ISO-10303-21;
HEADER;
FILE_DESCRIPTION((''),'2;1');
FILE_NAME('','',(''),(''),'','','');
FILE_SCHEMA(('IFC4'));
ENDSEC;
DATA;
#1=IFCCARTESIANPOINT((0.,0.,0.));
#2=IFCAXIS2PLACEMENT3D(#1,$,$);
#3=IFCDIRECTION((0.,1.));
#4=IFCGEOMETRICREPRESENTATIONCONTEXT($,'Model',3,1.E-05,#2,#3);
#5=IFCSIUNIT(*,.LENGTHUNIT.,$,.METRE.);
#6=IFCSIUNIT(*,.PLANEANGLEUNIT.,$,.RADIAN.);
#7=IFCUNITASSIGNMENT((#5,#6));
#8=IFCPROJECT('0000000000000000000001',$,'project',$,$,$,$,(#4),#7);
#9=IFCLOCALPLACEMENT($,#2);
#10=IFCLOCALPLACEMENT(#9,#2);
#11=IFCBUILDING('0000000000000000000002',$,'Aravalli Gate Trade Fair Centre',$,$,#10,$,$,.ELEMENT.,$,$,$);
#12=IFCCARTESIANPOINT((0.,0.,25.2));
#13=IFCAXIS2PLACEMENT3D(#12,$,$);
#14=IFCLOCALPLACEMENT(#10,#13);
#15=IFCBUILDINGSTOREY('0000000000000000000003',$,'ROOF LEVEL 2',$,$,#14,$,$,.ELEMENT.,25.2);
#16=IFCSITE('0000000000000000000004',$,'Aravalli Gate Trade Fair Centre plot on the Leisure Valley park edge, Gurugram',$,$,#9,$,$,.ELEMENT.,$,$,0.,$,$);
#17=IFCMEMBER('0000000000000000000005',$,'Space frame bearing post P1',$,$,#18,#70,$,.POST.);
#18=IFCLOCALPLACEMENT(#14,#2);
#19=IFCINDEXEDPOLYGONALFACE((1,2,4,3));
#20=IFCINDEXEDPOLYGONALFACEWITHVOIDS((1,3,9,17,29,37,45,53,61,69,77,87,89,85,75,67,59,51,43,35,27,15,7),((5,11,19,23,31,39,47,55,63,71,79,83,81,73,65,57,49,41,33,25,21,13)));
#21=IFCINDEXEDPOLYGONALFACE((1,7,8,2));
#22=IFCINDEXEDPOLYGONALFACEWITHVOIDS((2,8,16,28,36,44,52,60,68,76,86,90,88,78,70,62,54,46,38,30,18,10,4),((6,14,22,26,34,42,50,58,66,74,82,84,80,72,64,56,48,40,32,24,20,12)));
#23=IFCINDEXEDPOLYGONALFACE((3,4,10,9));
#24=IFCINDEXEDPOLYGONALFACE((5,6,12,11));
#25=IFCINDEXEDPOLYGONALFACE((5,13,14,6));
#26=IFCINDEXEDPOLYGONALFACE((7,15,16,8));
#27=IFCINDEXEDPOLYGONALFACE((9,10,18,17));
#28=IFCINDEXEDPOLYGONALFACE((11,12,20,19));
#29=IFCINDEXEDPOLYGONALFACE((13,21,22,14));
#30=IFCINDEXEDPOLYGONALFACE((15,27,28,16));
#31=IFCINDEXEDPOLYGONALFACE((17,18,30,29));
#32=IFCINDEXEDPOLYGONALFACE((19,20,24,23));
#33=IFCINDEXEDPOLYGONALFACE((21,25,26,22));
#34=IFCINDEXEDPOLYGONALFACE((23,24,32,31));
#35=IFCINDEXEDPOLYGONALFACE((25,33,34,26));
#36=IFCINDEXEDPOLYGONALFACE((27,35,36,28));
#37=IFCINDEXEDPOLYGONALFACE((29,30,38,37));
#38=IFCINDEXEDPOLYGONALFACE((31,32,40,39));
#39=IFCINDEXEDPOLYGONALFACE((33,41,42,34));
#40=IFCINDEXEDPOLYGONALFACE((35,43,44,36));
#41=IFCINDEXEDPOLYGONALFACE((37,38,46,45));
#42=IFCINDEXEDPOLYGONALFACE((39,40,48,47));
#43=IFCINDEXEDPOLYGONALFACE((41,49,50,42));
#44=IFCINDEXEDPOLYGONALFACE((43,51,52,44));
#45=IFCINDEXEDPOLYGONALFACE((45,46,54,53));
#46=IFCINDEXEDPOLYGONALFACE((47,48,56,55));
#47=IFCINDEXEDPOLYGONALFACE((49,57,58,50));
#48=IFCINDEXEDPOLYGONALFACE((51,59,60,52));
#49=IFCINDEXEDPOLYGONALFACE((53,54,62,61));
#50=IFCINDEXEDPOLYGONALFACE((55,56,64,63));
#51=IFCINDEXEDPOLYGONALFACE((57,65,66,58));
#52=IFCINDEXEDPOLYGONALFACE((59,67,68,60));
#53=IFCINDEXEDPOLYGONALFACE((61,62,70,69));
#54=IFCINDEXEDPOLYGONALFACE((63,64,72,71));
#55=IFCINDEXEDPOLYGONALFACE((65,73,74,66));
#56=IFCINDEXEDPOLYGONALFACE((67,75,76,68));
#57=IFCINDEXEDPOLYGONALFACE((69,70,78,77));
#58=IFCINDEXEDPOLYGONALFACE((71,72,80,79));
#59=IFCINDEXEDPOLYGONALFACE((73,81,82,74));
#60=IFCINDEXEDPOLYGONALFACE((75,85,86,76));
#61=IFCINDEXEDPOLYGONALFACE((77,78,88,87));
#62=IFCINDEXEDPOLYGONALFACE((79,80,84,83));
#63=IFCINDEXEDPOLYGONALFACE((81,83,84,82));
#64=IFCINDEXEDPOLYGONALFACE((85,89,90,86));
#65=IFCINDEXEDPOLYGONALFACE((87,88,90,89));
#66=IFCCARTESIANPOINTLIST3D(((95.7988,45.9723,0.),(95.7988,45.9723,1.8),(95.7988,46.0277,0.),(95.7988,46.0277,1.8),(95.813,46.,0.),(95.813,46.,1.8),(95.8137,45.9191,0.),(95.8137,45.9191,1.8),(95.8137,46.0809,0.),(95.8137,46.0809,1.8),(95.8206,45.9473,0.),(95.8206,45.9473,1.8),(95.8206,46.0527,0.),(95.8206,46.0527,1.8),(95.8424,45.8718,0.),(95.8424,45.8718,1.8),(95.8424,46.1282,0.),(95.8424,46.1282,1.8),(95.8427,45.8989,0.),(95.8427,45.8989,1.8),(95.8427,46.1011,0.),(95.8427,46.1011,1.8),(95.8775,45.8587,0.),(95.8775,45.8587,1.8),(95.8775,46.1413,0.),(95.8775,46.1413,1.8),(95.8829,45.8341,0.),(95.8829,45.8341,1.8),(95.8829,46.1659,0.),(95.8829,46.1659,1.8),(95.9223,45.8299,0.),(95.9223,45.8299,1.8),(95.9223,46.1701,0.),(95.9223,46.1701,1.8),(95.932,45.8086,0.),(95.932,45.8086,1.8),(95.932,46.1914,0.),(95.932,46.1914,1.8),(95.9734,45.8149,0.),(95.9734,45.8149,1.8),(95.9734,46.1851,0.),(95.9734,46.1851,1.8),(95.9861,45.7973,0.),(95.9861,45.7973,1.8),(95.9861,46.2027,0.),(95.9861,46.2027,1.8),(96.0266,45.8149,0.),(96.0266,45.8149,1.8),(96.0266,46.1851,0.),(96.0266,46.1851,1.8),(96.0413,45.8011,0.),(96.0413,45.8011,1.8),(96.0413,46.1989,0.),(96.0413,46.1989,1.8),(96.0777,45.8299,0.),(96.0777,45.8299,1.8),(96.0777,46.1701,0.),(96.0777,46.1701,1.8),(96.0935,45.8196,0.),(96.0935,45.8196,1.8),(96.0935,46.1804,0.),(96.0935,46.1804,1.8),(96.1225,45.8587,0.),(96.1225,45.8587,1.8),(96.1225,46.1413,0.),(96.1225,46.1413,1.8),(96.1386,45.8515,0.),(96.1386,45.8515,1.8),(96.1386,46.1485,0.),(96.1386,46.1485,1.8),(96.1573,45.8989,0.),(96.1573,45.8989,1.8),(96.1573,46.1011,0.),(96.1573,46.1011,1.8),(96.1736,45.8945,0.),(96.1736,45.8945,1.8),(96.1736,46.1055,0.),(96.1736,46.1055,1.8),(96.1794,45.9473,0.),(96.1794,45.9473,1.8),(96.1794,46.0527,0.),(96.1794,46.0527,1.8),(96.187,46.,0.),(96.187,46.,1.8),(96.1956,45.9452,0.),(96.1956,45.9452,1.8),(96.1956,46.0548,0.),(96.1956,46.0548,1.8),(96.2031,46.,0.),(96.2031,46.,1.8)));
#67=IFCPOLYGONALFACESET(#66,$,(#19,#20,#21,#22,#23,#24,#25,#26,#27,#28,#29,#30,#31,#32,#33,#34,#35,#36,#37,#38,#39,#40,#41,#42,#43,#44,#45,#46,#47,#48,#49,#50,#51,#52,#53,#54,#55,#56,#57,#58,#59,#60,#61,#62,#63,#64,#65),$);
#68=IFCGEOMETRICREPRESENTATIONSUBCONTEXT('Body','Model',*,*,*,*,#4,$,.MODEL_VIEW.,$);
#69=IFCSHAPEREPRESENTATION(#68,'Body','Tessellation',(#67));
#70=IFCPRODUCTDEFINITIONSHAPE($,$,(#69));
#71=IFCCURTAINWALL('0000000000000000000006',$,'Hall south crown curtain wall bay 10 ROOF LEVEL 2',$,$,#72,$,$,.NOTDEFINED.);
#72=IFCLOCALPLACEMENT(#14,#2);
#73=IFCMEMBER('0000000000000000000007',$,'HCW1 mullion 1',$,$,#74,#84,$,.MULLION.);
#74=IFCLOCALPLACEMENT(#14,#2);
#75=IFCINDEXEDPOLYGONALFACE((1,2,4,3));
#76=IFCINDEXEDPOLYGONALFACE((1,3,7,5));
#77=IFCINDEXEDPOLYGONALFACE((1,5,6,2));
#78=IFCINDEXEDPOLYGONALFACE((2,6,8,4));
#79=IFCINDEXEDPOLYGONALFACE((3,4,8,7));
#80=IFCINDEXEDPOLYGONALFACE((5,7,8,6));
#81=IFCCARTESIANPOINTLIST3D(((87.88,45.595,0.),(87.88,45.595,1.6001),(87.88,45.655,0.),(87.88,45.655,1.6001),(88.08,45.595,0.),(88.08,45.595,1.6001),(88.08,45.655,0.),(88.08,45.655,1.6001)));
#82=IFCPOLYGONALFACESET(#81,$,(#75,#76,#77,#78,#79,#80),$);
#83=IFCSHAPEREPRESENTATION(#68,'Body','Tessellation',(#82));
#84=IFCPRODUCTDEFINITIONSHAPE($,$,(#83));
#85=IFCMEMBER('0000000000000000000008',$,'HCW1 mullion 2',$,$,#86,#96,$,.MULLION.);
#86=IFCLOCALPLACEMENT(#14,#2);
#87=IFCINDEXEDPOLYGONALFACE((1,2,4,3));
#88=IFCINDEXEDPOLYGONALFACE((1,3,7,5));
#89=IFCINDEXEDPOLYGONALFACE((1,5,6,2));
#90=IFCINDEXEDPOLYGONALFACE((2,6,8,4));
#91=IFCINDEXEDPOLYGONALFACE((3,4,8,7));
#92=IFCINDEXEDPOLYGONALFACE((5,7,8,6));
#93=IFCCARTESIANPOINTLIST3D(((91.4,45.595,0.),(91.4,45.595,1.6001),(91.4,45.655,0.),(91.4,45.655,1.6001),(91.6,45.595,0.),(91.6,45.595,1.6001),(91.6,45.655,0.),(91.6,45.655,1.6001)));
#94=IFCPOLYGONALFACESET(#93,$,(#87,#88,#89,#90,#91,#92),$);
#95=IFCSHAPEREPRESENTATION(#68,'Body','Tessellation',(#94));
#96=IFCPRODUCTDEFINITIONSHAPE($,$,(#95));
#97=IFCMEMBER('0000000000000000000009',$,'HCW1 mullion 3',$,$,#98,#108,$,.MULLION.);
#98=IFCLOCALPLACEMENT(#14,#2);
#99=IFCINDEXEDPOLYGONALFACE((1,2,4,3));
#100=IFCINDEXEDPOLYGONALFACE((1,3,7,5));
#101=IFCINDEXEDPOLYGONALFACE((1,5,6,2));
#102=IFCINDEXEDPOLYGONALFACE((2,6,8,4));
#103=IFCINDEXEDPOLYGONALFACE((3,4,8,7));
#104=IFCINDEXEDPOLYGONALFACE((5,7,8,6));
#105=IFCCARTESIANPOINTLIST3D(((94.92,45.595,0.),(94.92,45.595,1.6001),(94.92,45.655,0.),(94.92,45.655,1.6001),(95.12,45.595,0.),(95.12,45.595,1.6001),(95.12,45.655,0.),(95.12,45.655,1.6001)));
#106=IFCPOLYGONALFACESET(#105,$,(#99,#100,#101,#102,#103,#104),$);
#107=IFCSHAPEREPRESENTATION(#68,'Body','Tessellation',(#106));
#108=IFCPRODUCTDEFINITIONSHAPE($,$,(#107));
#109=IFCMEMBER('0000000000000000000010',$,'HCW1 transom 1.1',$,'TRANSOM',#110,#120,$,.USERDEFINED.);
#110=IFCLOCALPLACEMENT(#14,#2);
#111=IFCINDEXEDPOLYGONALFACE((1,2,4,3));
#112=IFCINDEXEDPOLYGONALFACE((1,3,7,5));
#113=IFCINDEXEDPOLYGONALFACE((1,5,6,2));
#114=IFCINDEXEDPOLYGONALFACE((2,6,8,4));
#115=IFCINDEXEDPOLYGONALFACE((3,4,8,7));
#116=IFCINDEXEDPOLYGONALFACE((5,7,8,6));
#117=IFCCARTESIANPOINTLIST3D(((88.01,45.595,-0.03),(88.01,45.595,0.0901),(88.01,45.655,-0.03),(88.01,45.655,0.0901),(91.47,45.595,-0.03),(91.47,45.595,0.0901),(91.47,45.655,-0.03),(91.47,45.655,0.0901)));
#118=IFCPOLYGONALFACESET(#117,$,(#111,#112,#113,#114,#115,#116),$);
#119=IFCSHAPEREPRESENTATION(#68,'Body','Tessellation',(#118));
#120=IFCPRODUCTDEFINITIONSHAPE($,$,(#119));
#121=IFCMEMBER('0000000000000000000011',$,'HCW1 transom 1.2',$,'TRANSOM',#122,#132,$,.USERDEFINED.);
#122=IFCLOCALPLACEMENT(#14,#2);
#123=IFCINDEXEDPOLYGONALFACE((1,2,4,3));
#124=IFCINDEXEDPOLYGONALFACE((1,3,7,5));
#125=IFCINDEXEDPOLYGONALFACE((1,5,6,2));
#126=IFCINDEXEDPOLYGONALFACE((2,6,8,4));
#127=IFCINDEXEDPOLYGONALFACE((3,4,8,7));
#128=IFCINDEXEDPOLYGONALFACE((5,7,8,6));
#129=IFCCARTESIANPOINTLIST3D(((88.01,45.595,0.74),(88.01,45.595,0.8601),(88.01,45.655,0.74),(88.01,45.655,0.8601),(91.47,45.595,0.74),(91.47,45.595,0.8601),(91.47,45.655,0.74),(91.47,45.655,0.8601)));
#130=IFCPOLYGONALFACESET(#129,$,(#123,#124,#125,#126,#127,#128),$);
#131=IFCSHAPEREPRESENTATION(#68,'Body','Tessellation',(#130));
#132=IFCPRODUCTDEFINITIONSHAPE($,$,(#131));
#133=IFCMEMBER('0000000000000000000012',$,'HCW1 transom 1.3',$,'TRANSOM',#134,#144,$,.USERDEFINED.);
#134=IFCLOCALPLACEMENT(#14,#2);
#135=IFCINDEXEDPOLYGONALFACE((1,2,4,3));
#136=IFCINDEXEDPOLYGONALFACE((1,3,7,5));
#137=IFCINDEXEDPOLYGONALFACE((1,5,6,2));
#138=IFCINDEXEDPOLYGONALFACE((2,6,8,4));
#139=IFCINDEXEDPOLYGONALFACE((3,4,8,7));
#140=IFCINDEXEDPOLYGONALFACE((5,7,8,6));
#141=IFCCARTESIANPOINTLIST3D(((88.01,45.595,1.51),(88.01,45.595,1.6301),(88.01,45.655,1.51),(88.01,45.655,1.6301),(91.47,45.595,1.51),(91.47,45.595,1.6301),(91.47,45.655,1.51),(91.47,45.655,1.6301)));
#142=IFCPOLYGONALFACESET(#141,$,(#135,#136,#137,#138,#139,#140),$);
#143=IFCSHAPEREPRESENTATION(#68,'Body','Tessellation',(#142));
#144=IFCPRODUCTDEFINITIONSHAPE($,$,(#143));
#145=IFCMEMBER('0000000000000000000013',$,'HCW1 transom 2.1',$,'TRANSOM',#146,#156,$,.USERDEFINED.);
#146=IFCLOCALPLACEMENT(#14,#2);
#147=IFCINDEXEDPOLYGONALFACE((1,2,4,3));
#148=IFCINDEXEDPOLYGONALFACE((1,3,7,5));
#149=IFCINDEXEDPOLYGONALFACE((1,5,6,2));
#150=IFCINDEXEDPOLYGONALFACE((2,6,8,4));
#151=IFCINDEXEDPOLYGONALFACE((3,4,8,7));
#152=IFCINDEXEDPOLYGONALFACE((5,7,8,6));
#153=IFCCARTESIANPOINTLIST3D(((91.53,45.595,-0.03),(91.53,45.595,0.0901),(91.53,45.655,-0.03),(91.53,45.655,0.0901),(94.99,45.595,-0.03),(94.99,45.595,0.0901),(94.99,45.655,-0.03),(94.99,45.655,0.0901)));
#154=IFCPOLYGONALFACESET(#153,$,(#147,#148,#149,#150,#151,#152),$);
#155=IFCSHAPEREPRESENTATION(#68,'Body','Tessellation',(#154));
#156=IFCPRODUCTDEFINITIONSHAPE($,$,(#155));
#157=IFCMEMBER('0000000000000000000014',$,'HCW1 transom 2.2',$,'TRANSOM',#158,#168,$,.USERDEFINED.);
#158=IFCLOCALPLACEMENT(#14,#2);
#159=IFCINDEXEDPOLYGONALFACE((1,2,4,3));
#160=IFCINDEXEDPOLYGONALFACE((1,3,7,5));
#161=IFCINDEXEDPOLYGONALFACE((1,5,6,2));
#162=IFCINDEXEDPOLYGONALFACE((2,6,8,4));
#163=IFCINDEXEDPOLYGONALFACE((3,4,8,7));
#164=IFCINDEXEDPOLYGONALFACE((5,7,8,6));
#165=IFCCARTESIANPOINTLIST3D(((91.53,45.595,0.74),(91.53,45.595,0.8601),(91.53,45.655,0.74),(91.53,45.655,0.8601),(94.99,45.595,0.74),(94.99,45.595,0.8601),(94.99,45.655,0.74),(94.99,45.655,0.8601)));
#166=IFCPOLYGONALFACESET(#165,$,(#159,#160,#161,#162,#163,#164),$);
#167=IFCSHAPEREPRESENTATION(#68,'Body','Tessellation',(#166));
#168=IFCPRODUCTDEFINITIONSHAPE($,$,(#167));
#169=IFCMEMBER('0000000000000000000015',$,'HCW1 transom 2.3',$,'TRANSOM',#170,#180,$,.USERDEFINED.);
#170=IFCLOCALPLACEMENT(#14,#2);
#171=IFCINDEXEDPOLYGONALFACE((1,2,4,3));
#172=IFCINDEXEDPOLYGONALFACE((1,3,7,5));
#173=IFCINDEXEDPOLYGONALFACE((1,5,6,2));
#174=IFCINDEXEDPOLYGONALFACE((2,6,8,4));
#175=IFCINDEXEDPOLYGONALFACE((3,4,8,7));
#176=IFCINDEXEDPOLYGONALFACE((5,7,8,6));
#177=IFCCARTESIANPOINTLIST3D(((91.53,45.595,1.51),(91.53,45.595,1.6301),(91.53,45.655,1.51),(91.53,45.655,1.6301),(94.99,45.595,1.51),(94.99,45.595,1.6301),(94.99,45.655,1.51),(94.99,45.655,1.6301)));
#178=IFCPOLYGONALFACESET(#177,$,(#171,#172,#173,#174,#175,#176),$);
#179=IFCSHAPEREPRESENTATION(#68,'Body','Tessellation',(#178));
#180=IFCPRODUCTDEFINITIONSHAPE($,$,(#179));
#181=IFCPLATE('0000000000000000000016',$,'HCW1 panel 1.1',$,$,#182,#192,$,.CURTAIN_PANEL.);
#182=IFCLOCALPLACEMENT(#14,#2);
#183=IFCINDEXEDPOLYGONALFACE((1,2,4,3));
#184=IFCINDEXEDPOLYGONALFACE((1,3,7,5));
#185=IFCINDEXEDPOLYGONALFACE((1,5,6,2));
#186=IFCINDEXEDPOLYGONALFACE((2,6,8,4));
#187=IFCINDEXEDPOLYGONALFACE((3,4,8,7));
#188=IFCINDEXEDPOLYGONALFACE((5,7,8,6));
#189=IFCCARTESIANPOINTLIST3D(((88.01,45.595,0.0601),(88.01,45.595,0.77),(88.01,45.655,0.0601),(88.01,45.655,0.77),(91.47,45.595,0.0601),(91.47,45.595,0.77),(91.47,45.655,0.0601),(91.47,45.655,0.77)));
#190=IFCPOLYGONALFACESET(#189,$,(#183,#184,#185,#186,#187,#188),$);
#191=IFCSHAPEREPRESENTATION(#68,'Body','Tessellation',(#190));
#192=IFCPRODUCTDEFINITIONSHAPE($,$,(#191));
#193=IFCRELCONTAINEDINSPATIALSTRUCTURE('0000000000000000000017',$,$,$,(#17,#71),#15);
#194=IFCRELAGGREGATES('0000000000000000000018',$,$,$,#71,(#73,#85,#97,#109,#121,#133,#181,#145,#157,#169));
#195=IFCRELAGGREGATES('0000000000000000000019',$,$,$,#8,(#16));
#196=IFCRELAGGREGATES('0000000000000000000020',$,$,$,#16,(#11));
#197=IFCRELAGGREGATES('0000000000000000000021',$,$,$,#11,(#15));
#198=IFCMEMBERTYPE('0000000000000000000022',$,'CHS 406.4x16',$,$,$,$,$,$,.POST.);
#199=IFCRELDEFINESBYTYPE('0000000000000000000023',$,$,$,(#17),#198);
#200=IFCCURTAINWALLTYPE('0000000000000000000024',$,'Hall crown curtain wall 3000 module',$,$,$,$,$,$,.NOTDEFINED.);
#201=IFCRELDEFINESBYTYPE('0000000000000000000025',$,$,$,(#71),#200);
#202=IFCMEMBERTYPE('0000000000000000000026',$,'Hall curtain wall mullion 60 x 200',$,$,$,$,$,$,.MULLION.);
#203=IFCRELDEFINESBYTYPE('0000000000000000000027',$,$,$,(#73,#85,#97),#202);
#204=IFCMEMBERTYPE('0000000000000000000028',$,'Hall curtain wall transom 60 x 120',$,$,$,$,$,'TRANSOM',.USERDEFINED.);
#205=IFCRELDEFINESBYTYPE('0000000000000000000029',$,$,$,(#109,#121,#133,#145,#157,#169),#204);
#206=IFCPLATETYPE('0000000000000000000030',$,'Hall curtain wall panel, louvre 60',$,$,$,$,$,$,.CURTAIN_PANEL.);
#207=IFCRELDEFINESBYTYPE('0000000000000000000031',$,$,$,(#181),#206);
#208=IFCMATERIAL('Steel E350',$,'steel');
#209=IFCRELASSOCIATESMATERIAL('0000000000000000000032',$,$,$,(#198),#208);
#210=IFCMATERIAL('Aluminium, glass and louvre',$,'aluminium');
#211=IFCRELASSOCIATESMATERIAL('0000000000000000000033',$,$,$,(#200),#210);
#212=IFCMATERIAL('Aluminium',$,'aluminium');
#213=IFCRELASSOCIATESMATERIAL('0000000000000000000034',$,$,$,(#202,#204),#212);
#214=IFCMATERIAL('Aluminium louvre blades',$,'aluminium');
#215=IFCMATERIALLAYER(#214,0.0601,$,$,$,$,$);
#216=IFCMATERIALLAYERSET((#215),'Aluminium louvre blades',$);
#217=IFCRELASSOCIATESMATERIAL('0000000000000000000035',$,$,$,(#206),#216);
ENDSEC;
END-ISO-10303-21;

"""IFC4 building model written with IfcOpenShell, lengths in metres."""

from ifc_helpers import new_model, si_unit, direction, frame, origin, origin_2d, place, context, subcontext, project, spatial, rectangle, hollow_circle, extrude, material, layer, layer_set, material_profile, profile_set, type_object, element, aggregate, save


model = new_model("IFC4")

# Units and contexts
model_context = context("Model", 3, precision=1e-05, world=origin(), true_north=direction((0.0, 1.0)))
body_context = subcontext(model_context, "Body", "Model", "MODEL_VIEW")
ifc_project = project(units=[si_unit("LENGTHUNIT", "METRE"), si_unit("PLANEANGLEUNIT", "RADIAN")], contexts=[model_context])

# Site, building, storey
site_placement = place(None, origin())
site = spatial("IfcSite", under=ifc_project, at=site_placement, Name="Aravalli Gate Trade Fair Centre plot on the Leisure Valley park edge, Gurugram", CompositionType="ELEMENT", RefElevation=0.0)
building_placement = place(site_placement, origin())
building = spatial("IfcBuilding", under=site, at=building_placement, Name="Aravalli Gate Trade Fair Centre", CompositionType="ELEMENT")
storey_placement = place(building_placement, frame((0.0, 0.0, 25.2)))
storey = spatial("IfcBuildingStorey", under=building, at=storey_placement, Name="ROOF LEVEL 2", CompositionType="ELEMENT", Elevation=25.2)

# Member
ifc_material_1 = material(Name="Steel E350", Category="steel")
ifc_material_profile_1 = material_profile(ifc_material_1, hollow_circle(Radius=0.2031, WallThickness=0.0161, at=origin_2d()), Name="CHS 406.4x16")
ifc_profile_set_1 = profile_set([ifc_material_profile_1], Name="Steel E350")
member_type_1 = type_object("IfcMemberType", Name="CHS 406.4x16", PredefinedType="POST", material=ifc_profile_set_1)
member_1_placement = place(storey_placement, frame((96.0, 46.0, 0.0), z_axis=(0.0, 0.0, 1.0), x_axis=(1.0, 0.0, 0.0)))
element("IfcMember", 1, at=member_1_placement, inside=storey, type_object=member_type_1, Name="Space frame bearing post P1", PredefinedType="POST", context=body_context, shape_type="SweptSolid", body=[
    extrude(hollow_circle(Radius=0.2031, WallThickness=0.0161, at=origin_2d()), origin(), (0.0, 0.0, 1.0), 1.8),
])

# Curtain wall, members, plate
ifc_material_2 = material(Name="Aluminium, glass and louvre", Category="aluminium")
curtain_wall_type = type_object("IfcCurtainWallType", Name="Hall crown curtain wall 3000 module", PredefinedType="NOTDEFINED", material=ifc_material_2)
curtain_wall_placement = place(storey_placement, origin())
curtain_wall = element("IfcCurtainWall", 2, at=curtain_wall_placement, inside=storey, type_object=curtain_wall_type, Name="Hall south crown curtain wall bay 10 ROOF LEVEL 2", PredefinedType="NOTDEFINED")
ifc_material_3 = material(Name="Aluminium", Category="aluminium")
ifc_material_profile_2 = material_profile(ifc_material_3, rectangle(XDim=0.0601, YDim=0.2, at=origin_2d()), Name="Hall curtain wall mullion 60 x 200")
ifc_profile_set_2 = profile_set([ifc_material_profile_2], Name="Aluminium")
member_type_2 = type_object("IfcMemberType", Name="Hall curtain wall mullion 60 x 200", PredefinedType="MULLION", material=ifc_profile_set_2)
member_2_placement = place(storey_placement, frame((87.98, 45.625, 0.0), z_axis=(0.0, 0.0, 1.0), x_axis=(0.0, 1.0, 0.0)))
member_2 = element("IfcMember", 3, at=member_2_placement, type_object=member_type_2, Name="HCW1 mullion 1", PredefinedType="MULLION", context=body_context, shape_type="SweptSolid", body=[
    extrude(rectangle(XDim=0.0601, YDim=0.2, at=origin_2d()), origin(), (0.0, 0.0, 1.0), 1.6001),
])
member_3_placement = place(storey_placement, frame((91.5, 45.625, 0.0), z_axis=(0.0, 0.0, 1.0), x_axis=(0.0, 1.0, 0.0)))
member_3 = element("IfcMember", 4, at=member_3_placement, type_object=member_type_2, Name="HCW1 mullion 2", PredefinedType="MULLION", context=body_context, shape_type="SweptSolid", body=[
    extrude(rectangle(XDim=0.0601, YDim=0.2, at=origin_2d()), origin(), (0.0, 0.0, 1.0), 1.6001),
])
member_4_placement = place(storey_placement, frame((95.02, 45.625, 0.0), z_axis=(0.0, 0.0, 1.0), x_axis=(0.0, 1.0, 0.0)))
member_4 = element("IfcMember", 5, at=member_4_placement, type_object=member_type_2, Name="HCW1 mullion 3", PredefinedType="MULLION", context=body_context, shape_type="SweptSolid", body=[
    extrude(rectangle(XDim=0.0601, YDim=0.2, at=origin_2d()), origin(), (0.0, 0.0, 1.0), 1.6001),
])
ifc_material_profile_3 = material_profile(ifc_material_3, rectangle(XDim=0.0601, YDim=0.1201, at=origin_2d()), Name="Hall curtain wall transom 60 x 120")
ifc_profile_set_3 = profile_set([ifc_material_profile_3], Name="Aluminium")
member_type_3 = type_object("IfcMemberType", Name="Hall curtain wall transom 60 x 120", ElementType="TRANSOM", PredefinedType="USERDEFINED", material=ifc_profile_set_3)
member_5_placement = place(storey_placement, frame((88.01, 45.625, 0.03), z_axis=(1.0, 0.0, 0.0), x_axis=(0.0, 1.0, 0.0)))
member_5 = element("IfcMember", 6, at=member_5_placement, type_object=member_type_3, Name="HCW1 transom 1.1", ObjectType="TRANSOM", PredefinedType="USERDEFINED", context=body_context, shape_type="SweptSolid", body=[
    extrude(rectangle(XDim=0.0601, YDim=0.1201, at=origin_2d()), origin(), (0.0, 0.0, 1.0), 3.46),
])
member_6_placement = place(storey_placement, frame((88.01, 45.625, 0.8), z_axis=(1.0, 0.0, 0.0), x_axis=(0.0, 1.0, 0.0)))
member_6 = element("IfcMember", 7, at=member_6_placement, type_object=member_type_3, Name="HCW1 transom 1.2", ObjectType="TRANSOM", PredefinedType="USERDEFINED", context=body_context, shape_type="SweptSolid", body=[
    extrude(rectangle(XDim=0.0601, YDim=0.1201, at=origin_2d()), origin(), (0.0, 0.0, 1.0), 3.46),
])
member_7_placement = place(storey_placement, frame((88.01, 45.625, 1.5701), z_axis=(1.0, 0.0, 0.0), x_axis=(0.0, 1.0, 0.0)))
member_7 = element("IfcMember", 8, at=member_7_placement, type_object=member_type_3, Name="HCW1 transom 1.3", ObjectType="TRANSOM", PredefinedType="USERDEFINED", context=body_context, shape_type="SweptSolid", body=[
    extrude(rectangle(XDim=0.0601, YDim=0.1201, at=origin_2d()), origin(), (0.0, 0.0, 1.0), 3.46),
])
member_8_placement = place(storey_placement, frame((91.53, 45.625, 0.03), z_axis=(1.0, 0.0, 0.0), x_axis=(0.0, 1.0, 0.0)))
member_8 = element("IfcMember", 9, at=member_8_placement, type_object=member_type_3, Name="HCW1 transom 2.1", ObjectType="TRANSOM", PredefinedType="USERDEFINED", context=body_context, shape_type="SweptSolid", body=[
    extrude(rectangle(XDim=0.0601, YDim=0.1201, at=origin_2d()), origin(), (0.0, 0.0, 1.0), 3.46),
])
member_9_placement = place(storey_placement, frame((91.53, 45.625, 0.8), z_axis=(1.0, 0.0, 0.0), x_axis=(0.0, 1.0, 0.0)))
member_9 = element("IfcMember", 10, at=member_9_placement, type_object=member_type_3, Name="HCW1 transom 2.2", ObjectType="TRANSOM", PredefinedType="USERDEFINED", context=body_context, shape_type="SweptSolid", body=[
    extrude(rectangle(XDim=0.0601, YDim=0.1201, at=origin_2d()), origin(), (0.0, 0.0, 1.0), 3.46),
])
member_10_placement = place(storey_placement, frame((91.53, 45.625, 1.5701), z_axis=(1.0, 0.0, 0.0), x_axis=(0.0, 1.0, 0.0)))
member_10 = element("IfcMember", 11, at=member_10_placement, type_object=member_type_3, Name="HCW1 transom 2.3", ObjectType="TRANSOM", PredefinedType="USERDEFINED", context=body_context, shape_type="SweptSolid", body=[
    extrude(rectangle(XDim=0.0601, YDim=0.1201, at=origin_2d()), origin(), (0.0, 0.0, 1.0), 3.46),
])
ifc_material_4 = material(Name="Aluminium louvre blades", Category="aluminium")
ifc_layer_1 = layer(ifc_material_4, 0.0601)
ifc_layer_set_1 = layer_set([ifc_layer_1], Name="Aluminium louvre blades")
plate_type = type_object("IfcPlateType", Name="Hall curtain wall panel, louvre 60", PredefinedType="CURTAIN_PANEL", material=ifc_layer_set_1)
plate_1_placement = place(storey_placement, frame((89.74, 45.625, 0.0601), z_axis=(0.0, 0.0, 1.0), x_axis=(1.0, 0.0, 0.0)))
plate_1 = element("IfcPlate", 12, at=plate_1_placement, type_object=plate_type, Name="HCW1 panel 1.1", PredefinedType="CURTAIN_PANEL", context=body_context, shape_type="SweptSolid", body=[
    extrude(rectangle(XDim=3.46, YDim=0.0601, at=origin_2d()), origin(), (0.0, 0.0, 1.0), 0.71),
])
aggregate(curtain_wall, [member_2, member_3, member_4, member_5, member_6, member_7, plate_1, member_8, member_9, member_10])

save(model, "model.ifc")
